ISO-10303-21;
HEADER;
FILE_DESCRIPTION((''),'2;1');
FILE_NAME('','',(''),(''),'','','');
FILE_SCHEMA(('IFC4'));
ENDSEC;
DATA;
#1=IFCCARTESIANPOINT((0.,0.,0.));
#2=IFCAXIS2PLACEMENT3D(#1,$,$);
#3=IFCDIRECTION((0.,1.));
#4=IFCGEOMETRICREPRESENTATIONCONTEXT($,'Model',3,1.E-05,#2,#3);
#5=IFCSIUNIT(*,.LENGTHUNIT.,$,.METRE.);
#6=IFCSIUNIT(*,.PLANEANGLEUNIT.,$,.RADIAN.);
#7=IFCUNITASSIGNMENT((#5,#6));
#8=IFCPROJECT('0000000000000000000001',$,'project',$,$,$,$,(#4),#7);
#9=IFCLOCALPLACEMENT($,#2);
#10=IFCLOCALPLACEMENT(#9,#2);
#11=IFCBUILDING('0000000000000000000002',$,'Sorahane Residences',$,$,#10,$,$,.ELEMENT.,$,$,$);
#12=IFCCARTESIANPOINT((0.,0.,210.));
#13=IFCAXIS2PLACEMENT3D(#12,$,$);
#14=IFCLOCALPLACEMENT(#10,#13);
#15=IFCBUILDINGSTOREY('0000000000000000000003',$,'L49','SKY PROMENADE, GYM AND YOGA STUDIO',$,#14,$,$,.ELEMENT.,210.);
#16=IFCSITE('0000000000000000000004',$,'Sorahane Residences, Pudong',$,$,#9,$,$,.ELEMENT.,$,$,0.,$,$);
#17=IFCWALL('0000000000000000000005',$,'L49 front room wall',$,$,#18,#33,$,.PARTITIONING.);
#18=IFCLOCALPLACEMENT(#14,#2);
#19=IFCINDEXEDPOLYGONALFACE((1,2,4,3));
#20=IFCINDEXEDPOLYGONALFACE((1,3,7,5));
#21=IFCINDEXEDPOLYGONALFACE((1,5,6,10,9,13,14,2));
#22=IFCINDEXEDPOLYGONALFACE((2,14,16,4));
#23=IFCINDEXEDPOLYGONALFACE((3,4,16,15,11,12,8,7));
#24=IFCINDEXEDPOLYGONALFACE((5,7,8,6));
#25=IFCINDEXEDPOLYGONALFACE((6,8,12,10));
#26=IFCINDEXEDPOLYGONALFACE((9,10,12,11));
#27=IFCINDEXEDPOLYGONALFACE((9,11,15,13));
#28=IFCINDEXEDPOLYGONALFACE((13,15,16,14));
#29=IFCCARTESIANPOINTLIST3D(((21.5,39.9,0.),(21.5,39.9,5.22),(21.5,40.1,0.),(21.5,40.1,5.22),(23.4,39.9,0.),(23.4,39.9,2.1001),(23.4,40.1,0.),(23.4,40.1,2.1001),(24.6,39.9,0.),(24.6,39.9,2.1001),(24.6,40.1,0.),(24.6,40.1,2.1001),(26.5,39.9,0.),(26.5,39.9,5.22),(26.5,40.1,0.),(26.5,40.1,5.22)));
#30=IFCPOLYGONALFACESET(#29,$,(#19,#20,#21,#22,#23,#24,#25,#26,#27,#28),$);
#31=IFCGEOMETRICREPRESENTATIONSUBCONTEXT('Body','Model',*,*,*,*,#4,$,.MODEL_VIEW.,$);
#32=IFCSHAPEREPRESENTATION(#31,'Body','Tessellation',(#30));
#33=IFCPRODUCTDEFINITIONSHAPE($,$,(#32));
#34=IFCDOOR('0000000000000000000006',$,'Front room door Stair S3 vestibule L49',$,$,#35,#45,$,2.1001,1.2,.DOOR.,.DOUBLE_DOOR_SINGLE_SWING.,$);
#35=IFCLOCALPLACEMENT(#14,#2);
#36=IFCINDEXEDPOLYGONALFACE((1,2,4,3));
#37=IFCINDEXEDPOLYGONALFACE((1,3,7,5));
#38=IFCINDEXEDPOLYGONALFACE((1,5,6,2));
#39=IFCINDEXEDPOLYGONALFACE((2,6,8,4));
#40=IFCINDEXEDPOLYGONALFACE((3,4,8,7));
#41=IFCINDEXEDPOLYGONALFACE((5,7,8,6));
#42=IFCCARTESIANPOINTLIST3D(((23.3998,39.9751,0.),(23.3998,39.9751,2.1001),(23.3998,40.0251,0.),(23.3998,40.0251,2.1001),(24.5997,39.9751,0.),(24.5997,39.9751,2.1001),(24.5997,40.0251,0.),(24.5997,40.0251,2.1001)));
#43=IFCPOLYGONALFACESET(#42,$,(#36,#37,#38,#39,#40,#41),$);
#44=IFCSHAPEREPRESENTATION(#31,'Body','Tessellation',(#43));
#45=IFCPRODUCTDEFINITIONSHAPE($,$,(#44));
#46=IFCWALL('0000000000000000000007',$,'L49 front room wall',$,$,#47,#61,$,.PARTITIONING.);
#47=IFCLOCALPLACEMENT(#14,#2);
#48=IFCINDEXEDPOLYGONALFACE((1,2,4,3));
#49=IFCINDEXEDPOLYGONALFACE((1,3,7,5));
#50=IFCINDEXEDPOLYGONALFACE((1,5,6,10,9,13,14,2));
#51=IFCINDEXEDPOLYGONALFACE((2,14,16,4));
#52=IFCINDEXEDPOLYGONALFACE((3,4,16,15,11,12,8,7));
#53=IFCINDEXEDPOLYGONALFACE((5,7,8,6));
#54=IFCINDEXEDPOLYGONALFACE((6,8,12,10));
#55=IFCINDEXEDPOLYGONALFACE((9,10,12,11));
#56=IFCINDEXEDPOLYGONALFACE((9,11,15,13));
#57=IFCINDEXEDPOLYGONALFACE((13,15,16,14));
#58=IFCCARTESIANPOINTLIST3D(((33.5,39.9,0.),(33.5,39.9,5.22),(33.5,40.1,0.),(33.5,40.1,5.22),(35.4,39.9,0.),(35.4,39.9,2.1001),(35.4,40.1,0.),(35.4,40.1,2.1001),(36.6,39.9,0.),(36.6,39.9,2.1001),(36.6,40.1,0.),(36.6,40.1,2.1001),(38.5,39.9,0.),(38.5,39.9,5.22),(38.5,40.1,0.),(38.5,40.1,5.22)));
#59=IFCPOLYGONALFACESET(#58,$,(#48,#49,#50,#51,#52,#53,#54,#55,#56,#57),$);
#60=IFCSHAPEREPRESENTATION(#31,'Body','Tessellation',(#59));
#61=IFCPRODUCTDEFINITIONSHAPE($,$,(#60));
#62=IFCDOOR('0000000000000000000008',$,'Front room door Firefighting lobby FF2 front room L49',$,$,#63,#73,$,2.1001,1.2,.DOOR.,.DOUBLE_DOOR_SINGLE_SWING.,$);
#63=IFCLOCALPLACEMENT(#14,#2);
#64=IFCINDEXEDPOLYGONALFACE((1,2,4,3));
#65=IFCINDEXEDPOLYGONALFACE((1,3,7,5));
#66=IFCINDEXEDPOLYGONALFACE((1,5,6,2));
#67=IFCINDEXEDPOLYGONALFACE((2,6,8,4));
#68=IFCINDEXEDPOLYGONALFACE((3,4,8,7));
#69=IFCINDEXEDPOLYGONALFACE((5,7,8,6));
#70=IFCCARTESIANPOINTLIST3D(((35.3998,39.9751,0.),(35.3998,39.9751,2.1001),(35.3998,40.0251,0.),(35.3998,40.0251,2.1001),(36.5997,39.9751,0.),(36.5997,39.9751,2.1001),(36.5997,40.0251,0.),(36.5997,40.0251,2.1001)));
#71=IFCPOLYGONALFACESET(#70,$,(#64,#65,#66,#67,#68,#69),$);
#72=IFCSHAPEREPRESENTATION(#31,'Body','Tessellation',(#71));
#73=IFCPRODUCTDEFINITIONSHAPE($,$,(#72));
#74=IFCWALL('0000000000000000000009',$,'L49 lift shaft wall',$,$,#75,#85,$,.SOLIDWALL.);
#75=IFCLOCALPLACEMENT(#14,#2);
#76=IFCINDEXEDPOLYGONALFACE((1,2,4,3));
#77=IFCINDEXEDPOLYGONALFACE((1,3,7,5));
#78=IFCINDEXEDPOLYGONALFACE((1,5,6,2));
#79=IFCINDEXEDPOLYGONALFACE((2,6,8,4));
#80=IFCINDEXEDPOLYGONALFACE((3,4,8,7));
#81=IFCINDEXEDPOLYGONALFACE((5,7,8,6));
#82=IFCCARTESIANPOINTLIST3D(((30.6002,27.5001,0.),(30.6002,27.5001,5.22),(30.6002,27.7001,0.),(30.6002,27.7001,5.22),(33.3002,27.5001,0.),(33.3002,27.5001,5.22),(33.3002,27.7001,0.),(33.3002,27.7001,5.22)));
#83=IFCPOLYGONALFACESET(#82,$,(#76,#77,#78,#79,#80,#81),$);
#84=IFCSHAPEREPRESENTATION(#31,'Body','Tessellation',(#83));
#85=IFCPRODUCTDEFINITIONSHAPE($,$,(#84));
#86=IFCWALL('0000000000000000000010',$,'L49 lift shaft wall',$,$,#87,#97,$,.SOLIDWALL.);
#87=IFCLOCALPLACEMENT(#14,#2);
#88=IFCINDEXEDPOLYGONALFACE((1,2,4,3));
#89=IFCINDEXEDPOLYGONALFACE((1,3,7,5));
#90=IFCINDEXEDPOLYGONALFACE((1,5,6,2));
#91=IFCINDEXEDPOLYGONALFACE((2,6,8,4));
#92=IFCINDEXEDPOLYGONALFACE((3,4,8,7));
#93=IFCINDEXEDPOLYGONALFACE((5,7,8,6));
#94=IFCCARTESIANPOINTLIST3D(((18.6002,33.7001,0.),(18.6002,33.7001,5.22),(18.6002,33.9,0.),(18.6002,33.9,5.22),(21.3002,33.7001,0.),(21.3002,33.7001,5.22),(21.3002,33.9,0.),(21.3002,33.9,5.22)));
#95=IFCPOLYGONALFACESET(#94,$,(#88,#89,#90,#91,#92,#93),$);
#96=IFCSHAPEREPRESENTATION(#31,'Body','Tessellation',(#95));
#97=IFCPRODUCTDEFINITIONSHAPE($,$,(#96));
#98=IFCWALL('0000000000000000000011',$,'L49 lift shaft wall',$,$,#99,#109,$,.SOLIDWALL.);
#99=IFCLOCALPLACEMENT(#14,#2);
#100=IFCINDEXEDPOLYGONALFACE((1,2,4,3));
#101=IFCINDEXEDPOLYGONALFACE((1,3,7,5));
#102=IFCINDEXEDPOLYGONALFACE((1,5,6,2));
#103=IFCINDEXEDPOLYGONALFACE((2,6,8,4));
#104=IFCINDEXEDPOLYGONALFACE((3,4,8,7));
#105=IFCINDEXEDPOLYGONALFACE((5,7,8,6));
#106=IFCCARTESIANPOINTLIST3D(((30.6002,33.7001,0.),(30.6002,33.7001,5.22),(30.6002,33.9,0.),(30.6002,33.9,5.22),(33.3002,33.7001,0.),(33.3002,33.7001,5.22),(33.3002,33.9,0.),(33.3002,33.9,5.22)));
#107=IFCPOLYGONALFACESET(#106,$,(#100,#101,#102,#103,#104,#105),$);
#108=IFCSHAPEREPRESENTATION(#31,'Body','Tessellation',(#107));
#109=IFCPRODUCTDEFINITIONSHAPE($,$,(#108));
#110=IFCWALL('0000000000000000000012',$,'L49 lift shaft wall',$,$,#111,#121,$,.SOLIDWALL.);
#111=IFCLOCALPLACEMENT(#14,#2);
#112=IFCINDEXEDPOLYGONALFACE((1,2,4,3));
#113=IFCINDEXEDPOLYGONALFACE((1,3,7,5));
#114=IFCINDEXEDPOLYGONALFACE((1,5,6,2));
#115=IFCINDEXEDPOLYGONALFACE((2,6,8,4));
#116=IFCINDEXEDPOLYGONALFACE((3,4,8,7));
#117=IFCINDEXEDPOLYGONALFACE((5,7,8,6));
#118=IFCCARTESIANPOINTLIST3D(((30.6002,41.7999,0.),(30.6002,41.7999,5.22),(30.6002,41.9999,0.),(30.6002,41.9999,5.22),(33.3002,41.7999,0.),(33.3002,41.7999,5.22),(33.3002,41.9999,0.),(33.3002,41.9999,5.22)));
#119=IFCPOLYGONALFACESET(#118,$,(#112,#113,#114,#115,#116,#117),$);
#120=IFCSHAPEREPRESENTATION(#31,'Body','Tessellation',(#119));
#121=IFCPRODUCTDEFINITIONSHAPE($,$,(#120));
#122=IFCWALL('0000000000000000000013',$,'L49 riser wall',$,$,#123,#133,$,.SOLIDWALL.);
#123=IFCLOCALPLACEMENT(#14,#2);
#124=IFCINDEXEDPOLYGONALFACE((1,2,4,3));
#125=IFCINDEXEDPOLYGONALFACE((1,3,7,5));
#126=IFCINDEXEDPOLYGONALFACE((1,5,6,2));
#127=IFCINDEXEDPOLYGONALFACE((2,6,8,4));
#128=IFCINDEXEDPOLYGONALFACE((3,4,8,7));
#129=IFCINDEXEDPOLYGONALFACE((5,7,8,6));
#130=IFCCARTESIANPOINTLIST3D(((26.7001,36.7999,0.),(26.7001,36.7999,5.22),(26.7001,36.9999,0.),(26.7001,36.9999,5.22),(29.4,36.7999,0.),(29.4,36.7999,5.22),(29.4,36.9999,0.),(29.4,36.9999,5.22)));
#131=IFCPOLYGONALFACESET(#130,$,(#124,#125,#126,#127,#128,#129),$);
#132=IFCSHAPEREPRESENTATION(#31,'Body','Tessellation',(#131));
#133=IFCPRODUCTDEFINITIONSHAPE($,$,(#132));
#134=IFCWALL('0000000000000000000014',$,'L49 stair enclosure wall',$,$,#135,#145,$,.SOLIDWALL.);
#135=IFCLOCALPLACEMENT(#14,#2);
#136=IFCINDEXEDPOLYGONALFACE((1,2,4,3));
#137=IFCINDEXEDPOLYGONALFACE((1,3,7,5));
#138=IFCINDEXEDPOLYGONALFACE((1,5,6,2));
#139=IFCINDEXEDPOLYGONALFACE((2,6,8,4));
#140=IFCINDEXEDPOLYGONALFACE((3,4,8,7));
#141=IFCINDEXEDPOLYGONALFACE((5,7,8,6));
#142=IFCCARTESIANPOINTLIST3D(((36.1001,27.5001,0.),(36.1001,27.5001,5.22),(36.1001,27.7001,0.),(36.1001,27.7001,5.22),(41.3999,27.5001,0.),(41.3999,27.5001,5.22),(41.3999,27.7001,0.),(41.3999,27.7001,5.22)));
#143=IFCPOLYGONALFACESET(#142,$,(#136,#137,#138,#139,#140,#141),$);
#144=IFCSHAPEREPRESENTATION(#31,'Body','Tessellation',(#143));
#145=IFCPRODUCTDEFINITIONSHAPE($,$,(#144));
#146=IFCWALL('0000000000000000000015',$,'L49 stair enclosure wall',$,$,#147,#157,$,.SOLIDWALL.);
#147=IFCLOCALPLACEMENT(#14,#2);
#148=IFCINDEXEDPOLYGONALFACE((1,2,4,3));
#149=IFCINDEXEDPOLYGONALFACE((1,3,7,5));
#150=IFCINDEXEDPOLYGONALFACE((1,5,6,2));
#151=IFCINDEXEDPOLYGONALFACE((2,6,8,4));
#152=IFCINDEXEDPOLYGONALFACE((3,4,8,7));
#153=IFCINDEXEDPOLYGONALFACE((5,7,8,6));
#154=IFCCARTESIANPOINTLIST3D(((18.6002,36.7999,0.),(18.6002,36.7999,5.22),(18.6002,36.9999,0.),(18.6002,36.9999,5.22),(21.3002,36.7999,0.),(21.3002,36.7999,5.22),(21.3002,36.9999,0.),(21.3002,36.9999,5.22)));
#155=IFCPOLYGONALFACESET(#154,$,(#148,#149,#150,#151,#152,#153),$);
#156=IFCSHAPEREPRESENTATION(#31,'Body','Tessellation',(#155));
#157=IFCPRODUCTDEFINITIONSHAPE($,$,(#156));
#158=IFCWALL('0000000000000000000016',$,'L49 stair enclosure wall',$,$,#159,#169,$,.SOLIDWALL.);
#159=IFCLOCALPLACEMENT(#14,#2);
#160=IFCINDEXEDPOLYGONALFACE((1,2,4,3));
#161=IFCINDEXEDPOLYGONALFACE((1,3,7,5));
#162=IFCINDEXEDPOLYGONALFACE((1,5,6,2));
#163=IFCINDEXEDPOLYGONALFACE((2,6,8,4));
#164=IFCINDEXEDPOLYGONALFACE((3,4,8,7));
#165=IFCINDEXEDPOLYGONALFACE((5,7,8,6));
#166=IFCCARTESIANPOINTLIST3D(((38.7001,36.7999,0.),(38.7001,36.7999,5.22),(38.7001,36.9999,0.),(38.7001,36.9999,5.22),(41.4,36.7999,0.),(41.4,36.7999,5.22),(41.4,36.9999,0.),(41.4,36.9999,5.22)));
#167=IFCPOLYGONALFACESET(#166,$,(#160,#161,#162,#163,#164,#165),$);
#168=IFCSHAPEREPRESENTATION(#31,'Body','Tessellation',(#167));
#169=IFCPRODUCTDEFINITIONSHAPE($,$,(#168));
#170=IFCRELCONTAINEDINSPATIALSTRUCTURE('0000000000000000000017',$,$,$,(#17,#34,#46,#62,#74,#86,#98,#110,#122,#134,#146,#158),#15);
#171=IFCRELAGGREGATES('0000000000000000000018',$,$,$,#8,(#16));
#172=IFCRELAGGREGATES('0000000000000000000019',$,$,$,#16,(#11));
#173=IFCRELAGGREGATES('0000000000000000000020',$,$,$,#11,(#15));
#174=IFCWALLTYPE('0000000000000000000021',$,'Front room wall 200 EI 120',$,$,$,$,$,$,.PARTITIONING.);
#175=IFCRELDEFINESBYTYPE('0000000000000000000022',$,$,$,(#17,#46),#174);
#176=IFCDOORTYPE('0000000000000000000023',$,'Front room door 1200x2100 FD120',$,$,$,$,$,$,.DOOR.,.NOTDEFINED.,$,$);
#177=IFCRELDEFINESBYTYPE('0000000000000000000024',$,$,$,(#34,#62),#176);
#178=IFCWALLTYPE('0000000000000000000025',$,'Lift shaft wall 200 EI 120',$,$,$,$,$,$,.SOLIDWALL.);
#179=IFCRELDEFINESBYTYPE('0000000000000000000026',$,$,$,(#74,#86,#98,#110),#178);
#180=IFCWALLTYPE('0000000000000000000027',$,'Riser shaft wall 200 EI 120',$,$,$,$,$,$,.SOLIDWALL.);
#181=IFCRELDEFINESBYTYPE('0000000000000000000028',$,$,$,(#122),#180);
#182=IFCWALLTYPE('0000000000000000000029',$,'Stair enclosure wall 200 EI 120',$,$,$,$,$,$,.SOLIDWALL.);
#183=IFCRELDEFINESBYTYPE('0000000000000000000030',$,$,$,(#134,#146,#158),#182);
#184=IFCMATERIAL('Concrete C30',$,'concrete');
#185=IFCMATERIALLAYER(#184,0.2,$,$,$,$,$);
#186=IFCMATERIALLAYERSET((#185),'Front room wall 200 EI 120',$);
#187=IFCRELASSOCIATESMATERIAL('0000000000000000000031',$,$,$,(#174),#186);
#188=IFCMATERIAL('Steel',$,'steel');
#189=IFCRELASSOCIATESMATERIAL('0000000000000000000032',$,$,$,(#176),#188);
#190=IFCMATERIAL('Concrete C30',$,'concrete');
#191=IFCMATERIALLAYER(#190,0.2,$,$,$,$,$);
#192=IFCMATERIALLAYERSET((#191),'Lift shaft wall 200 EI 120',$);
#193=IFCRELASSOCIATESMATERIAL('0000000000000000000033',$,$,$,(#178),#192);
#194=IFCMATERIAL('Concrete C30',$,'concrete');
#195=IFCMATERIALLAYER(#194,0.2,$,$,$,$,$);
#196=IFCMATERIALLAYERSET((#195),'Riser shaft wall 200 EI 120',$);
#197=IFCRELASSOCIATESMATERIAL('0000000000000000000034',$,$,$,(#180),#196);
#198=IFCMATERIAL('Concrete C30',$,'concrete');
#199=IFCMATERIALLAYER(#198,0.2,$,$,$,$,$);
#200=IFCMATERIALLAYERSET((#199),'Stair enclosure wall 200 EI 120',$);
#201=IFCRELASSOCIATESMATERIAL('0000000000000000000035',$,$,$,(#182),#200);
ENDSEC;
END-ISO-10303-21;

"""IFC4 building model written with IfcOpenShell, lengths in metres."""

from ifc_helpers import new_model, si_unit, direction, frame, frame_2d, origin, place, context, subcontext, project, spatial, rectangle, extrude, material, layer, layer_set, type_object, element, fill, save


model = new_model("IFC4")

# Units and contexts
model_context = context("Model", 3, precision=1e-05, world=origin(), true_north=direction((0.0, 1.0)))
body_context = subcontext(model_context, "Body", "Model", "MODEL_VIEW")
ifc_project = project(units=[si_unit("LENGTHUNIT", "METRE"), si_unit("PLANEANGLEUNIT", "RADIAN")], contexts=[model_context])

# Site, building, storey
site_placement = place(None, origin())
site = spatial("IfcSite", under=ifc_project, at=site_placement, Name="Sorahane Residences, Pudong", CompositionType="ELEMENT", RefElevation=0.0)
building_placement = place(site_placement, origin())
building = spatial("IfcBuilding", under=site, at=building_placement, Name="Sorahane Residences", CompositionType="ELEMENT")
storey_placement = place(building_placement, frame((0.0, 0.0, 210.0)))
storey = spatial("IfcBuildingStorey", under=building, at=storey_placement, Name="L49", Description="SKY PROMENADE, GYM AND YOGA STUDIO", CompositionType="ELEMENT", Elevation=210.0)

# Walls, openings, doors
ifc_material_1 = material(Name="Concrete C30", Category="concrete")
ifc_layer_1 = layer(ifc_material_1, 0.2)
ifc_layer_set_1 = layer_set([ifc_layer_1], Name="Front room wall 200 EI 120")
wall_type_1 = type_object("IfcWallType", Name="Front room wall 200 EI 120", PredefinedType="PARTITIONING", material=ifc_layer_set_1)
wall_1_placement = place(storey_placement, frame((21.5, 40.0, 0.0), z_axis=(0.0, 0.0, 1.0), x_axis=(1.0, 0.0, 0.0)))
wall_1 = element("IfcWall", 1, at=wall_1_placement, inside=storey, type_object=wall_type_1, Name="L49 front room wall", PredefinedType="PARTITIONING", context=body_context, shape_type="SweptSolid", body=[
    extrude(rectangle(XDim=5.0, YDim=0.2, at=frame_2d((2.5, 0.0))), origin(), (0.0, 0.0, 1.0), 5.22),
])
opening_1_placement = place(wall_1_placement, frame((1.8999, 0.0, 0.0)))
opening_1 = element("IfcOpeningElement", 2, at=opening_1_placement, cuts=wall_1, PredefinedType="OPENING", context=body_context, shape_type="SweptSolid", body=[
    extrude(rectangle(XDim=1.2, YDim=2.1001, at=frame_2d((0.6001, 1.05))), frame((0.0, 0.1099, 0.0), z_axis=(0.0, -1.0, 0.0), x_axis=(1.0, 0.0, 0.0)), (0.0, 0.0, 1.0), 0.22),
])
ifc_material_2 = material(Name="Steel", Category="steel")
door_type = type_object("IfcDoorType", Name="Front room door 1200x2100 FD120", OperationType="NOTDEFINED", PredefinedType="DOOR", material=ifc_material_2)
door_1_placement = place(opening_1_placement, frame((1.2, 0.0, 0.0), z_axis=(0.0, 0.0, 1.0), x_axis=(-1.0, 0.0, 0.0)))
door_1 = element("IfcDoor", 3, at=door_1_placement, inside=storey, type_object=door_type, Name="Front room door Stair S3 vestibule L49", OperationType="DOUBLE_DOOR_SINGLE_SWING", OverallHeight=2.1001, OverallWidth=1.2, PredefinedType="DOOR", context=body_context, shape_type="SweptSolid", body=[
    extrude(rectangle(XDim=1.2, YDim=2.1001, at=frame_2d((0.6001, 1.05))), frame((0.0, 0.0249, 0.0), z_axis=(0.0, -1.0, 0.0), x_axis=(1.0, 0.0, 0.0)), (0.0, 0.0, 1.0), 0.05),
])
fill(opening_1, door_1)
wall_2_placement = place(storey_placement, frame((33.5, 40.0, 0.0), z_axis=(0.0, 0.0, 1.0), x_axis=(1.0, 0.0, 0.0)))
wall_2 = element("IfcWall", 4, at=wall_2_placement, inside=storey, type_object=wall_type_1, Name="L49 front room wall", PredefinedType="PARTITIONING", context=body_context, shape_type="SweptSolid", body=[
    extrude(rectangle(XDim=5.0, YDim=0.2, at=frame_2d((2.5, 0.0))), origin(), (0.0, 0.0, 1.0), 5.22),
])
opening_2_placement = place(wall_2_placement, frame((1.8999, 0.0, 0.0)))
opening_2 = element("IfcOpeningElement", 5, at=opening_2_placement, cuts=wall_2, PredefinedType="OPENING", context=body_context, shape_type="SweptSolid", body=[
    extrude(rectangle(XDim=1.2, YDim=2.1001, at=frame_2d((0.6001, 1.05))), frame((0.0, 0.1099, 0.0), z_axis=(0.0, -1.0, 0.0), x_axis=(1.0, 0.0, 0.0)), (0.0, 0.0, 1.0), 0.22),
])
door_2_placement = place(opening_2_placement, frame((1.2, 0.0, 0.0), z_axis=(0.0, 0.0, 1.0), x_axis=(-1.0, 0.0, 0.0)))
door_2 = element("IfcDoor", 6, at=door_2_placement, inside=storey, type_object=door_type, Name="Front room door Firefighting lobby FF2 front room L49", OperationType="DOUBLE_DOOR_SINGLE_SWING", OverallHeight=2.1001, OverallWidth=1.2, PredefinedType="DOOR", context=body_context, shape_type="SweptSolid", body=[
    extrude(rectangle(XDim=1.2, YDim=2.1001, at=frame_2d((0.6001, 1.05))), frame((0.0, 0.0249, 0.0), z_axis=(0.0, -1.0, 0.0), x_axis=(1.0, 0.0, 0.0)), (0.0, 0.0, 1.0), 0.05),
])
fill(opening_2, door_2)

# Walls
ifc_material_3 = material(Name="Concrete C30", Category="concrete")
ifc_layer_2 = layer(ifc_material_3, 0.2)
ifc_layer_set_2 = layer_set([ifc_layer_2], Name="Lift shaft wall 200 EI 120")
wall_type_2 = type_object("IfcWallType", Name="Lift shaft wall 200 EI 120", PredefinedType="SOLIDWALL", material=ifc_layer_set_2)
for number, where, z_axis, x_axis, name in (
    (7, (30.6001, 27.6001, 0.0), (0.0, 0.0, 1.0), (1.0, 0.0, 0.0), "L49 lift shaft wall"),
    (8, (18.6001, 33.8, 0.0), (0.0, 0.0, 1.0), (1.0, 0.0, 0.0), "L49 lift shaft wall"),
    (9, (30.6001, 33.8, 0.0), (0.0, 0.0, 1.0), (1.0, 0.0, 0.0), "L49 lift shaft wall"),
    (10, (30.6001, 41.8999, 0.0), (0.0, 0.0, 1.0), (1.0, 0.0, 0.0), "L49 lift shaft wall"),
):
    element("IfcWall", number, at=place(storey_placement, frame(where, z_axis=z_axis, x_axis=x_axis)), inside=storey, type_object=wall_type_2, Name=name, PredefinedType="SOLIDWALL", context=body_context, shape_type="SweptSolid", body=[
        extrude(rectangle(XDim=2.7, YDim=0.2, at=frame_2d((1.3501, 0.0))), origin(), (0.0, 0.0, 1.0), 5.22),
    ])
ifc_material_4 = material(Name="Concrete C30", Category="concrete")
ifc_layer_3 = layer(ifc_material_4, 0.2)
ifc_layer_set_3 = layer_set([ifc_layer_3], Name="Riser shaft wall 200 EI 120")
wall_type_3 = type_object("IfcWallType", Name="Riser shaft wall 200 EI 120", PredefinedType="SOLIDWALL", material=ifc_layer_set_3)
wall_3_placement = place(storey_placement, frame((26.7, 36.8999, 0.0), z_axis=(0.0, 0.0, 1.0), x_axis=(1.0, 0.0, 0.0)))
element("IfcWall", 11, at=wall_3_placement, inside=storey, type_object=wall_type_3, Name="L49 riser wall", PredefinedType="SOLIDWALL", context=body_context, shape_type="SweptSolid", body=[
    extrude(rectangle(XDim=2.7, YDim=0.2, at=frame_2d((1.3501, 0.0))), origin(), (0.0, 0.0, 1.0), 5.22),
])
ifc_material_5 = material(Name="Concrete C30", Category="concrete")
ifc_layer_4 = layer(ifc_material_5, 0.2)
ifc_layer_set_4 = layer_set([ifc_layer_4], Name="Stair enclosure wall 200 EI 120")
wall_type_4 = type_object("IfcWallType", Name="Stair enclosure wall 200 EI 120", PredefinedType="SOLIDWALL", material=ifc_layer_set_4)
wall_4_placement = place(storey_placement, frame((36.1001, 27.6001, 0.0), z_axis=(0.0, 0.0, 1.0), x_axis=(1.0, 0.0, 0.0)))
element("IfcWall", 12, at=wall_4_placement, inside=storey, type_object=wall_type_4, Name="L49 stair enclosure wall", PredefinedType="SOLIDWALL", context=body_context, shape_type="SweptSolid", body=[
    extrude(rectangle(XDim=5.2998, YDim=0.2, at=frame_2d((2.6499, 0.0))), origin(), (0.0, 0.0, 1.0), 5.22),
])
for number, where, z_axis, x_axis, name in (
    (13, (18.6001, 36.8999, 0.0), (0.0, 0.0, 1.0), (1.0, 0.0, 0.0), "L49 stair enclosure wall"),
    (14, (38.7, 36.8999, 0.0), (0.0, 0.0, 1.0), (1.0, 0.0, 0.0), "L49 stair enclosure wall"),
):
    element("IfcWall", number, at=place(storey_placement, frame(where, z_axis=z_axis, x_axis=x_axis)), inside=storey, type_object=wall_type_4, Name=name, PredefinedType="SOLIDWALL", context=body_context, shape_type="SweptSolid", body=[
        extrude(rectangle(XDim=2.7, YDim=0.2, at=frame_2d((1.3501, 0.0))), origin(), (0.0, 0.0, 1.0), 5.22),
    ])

save(model, "model.ifc")
